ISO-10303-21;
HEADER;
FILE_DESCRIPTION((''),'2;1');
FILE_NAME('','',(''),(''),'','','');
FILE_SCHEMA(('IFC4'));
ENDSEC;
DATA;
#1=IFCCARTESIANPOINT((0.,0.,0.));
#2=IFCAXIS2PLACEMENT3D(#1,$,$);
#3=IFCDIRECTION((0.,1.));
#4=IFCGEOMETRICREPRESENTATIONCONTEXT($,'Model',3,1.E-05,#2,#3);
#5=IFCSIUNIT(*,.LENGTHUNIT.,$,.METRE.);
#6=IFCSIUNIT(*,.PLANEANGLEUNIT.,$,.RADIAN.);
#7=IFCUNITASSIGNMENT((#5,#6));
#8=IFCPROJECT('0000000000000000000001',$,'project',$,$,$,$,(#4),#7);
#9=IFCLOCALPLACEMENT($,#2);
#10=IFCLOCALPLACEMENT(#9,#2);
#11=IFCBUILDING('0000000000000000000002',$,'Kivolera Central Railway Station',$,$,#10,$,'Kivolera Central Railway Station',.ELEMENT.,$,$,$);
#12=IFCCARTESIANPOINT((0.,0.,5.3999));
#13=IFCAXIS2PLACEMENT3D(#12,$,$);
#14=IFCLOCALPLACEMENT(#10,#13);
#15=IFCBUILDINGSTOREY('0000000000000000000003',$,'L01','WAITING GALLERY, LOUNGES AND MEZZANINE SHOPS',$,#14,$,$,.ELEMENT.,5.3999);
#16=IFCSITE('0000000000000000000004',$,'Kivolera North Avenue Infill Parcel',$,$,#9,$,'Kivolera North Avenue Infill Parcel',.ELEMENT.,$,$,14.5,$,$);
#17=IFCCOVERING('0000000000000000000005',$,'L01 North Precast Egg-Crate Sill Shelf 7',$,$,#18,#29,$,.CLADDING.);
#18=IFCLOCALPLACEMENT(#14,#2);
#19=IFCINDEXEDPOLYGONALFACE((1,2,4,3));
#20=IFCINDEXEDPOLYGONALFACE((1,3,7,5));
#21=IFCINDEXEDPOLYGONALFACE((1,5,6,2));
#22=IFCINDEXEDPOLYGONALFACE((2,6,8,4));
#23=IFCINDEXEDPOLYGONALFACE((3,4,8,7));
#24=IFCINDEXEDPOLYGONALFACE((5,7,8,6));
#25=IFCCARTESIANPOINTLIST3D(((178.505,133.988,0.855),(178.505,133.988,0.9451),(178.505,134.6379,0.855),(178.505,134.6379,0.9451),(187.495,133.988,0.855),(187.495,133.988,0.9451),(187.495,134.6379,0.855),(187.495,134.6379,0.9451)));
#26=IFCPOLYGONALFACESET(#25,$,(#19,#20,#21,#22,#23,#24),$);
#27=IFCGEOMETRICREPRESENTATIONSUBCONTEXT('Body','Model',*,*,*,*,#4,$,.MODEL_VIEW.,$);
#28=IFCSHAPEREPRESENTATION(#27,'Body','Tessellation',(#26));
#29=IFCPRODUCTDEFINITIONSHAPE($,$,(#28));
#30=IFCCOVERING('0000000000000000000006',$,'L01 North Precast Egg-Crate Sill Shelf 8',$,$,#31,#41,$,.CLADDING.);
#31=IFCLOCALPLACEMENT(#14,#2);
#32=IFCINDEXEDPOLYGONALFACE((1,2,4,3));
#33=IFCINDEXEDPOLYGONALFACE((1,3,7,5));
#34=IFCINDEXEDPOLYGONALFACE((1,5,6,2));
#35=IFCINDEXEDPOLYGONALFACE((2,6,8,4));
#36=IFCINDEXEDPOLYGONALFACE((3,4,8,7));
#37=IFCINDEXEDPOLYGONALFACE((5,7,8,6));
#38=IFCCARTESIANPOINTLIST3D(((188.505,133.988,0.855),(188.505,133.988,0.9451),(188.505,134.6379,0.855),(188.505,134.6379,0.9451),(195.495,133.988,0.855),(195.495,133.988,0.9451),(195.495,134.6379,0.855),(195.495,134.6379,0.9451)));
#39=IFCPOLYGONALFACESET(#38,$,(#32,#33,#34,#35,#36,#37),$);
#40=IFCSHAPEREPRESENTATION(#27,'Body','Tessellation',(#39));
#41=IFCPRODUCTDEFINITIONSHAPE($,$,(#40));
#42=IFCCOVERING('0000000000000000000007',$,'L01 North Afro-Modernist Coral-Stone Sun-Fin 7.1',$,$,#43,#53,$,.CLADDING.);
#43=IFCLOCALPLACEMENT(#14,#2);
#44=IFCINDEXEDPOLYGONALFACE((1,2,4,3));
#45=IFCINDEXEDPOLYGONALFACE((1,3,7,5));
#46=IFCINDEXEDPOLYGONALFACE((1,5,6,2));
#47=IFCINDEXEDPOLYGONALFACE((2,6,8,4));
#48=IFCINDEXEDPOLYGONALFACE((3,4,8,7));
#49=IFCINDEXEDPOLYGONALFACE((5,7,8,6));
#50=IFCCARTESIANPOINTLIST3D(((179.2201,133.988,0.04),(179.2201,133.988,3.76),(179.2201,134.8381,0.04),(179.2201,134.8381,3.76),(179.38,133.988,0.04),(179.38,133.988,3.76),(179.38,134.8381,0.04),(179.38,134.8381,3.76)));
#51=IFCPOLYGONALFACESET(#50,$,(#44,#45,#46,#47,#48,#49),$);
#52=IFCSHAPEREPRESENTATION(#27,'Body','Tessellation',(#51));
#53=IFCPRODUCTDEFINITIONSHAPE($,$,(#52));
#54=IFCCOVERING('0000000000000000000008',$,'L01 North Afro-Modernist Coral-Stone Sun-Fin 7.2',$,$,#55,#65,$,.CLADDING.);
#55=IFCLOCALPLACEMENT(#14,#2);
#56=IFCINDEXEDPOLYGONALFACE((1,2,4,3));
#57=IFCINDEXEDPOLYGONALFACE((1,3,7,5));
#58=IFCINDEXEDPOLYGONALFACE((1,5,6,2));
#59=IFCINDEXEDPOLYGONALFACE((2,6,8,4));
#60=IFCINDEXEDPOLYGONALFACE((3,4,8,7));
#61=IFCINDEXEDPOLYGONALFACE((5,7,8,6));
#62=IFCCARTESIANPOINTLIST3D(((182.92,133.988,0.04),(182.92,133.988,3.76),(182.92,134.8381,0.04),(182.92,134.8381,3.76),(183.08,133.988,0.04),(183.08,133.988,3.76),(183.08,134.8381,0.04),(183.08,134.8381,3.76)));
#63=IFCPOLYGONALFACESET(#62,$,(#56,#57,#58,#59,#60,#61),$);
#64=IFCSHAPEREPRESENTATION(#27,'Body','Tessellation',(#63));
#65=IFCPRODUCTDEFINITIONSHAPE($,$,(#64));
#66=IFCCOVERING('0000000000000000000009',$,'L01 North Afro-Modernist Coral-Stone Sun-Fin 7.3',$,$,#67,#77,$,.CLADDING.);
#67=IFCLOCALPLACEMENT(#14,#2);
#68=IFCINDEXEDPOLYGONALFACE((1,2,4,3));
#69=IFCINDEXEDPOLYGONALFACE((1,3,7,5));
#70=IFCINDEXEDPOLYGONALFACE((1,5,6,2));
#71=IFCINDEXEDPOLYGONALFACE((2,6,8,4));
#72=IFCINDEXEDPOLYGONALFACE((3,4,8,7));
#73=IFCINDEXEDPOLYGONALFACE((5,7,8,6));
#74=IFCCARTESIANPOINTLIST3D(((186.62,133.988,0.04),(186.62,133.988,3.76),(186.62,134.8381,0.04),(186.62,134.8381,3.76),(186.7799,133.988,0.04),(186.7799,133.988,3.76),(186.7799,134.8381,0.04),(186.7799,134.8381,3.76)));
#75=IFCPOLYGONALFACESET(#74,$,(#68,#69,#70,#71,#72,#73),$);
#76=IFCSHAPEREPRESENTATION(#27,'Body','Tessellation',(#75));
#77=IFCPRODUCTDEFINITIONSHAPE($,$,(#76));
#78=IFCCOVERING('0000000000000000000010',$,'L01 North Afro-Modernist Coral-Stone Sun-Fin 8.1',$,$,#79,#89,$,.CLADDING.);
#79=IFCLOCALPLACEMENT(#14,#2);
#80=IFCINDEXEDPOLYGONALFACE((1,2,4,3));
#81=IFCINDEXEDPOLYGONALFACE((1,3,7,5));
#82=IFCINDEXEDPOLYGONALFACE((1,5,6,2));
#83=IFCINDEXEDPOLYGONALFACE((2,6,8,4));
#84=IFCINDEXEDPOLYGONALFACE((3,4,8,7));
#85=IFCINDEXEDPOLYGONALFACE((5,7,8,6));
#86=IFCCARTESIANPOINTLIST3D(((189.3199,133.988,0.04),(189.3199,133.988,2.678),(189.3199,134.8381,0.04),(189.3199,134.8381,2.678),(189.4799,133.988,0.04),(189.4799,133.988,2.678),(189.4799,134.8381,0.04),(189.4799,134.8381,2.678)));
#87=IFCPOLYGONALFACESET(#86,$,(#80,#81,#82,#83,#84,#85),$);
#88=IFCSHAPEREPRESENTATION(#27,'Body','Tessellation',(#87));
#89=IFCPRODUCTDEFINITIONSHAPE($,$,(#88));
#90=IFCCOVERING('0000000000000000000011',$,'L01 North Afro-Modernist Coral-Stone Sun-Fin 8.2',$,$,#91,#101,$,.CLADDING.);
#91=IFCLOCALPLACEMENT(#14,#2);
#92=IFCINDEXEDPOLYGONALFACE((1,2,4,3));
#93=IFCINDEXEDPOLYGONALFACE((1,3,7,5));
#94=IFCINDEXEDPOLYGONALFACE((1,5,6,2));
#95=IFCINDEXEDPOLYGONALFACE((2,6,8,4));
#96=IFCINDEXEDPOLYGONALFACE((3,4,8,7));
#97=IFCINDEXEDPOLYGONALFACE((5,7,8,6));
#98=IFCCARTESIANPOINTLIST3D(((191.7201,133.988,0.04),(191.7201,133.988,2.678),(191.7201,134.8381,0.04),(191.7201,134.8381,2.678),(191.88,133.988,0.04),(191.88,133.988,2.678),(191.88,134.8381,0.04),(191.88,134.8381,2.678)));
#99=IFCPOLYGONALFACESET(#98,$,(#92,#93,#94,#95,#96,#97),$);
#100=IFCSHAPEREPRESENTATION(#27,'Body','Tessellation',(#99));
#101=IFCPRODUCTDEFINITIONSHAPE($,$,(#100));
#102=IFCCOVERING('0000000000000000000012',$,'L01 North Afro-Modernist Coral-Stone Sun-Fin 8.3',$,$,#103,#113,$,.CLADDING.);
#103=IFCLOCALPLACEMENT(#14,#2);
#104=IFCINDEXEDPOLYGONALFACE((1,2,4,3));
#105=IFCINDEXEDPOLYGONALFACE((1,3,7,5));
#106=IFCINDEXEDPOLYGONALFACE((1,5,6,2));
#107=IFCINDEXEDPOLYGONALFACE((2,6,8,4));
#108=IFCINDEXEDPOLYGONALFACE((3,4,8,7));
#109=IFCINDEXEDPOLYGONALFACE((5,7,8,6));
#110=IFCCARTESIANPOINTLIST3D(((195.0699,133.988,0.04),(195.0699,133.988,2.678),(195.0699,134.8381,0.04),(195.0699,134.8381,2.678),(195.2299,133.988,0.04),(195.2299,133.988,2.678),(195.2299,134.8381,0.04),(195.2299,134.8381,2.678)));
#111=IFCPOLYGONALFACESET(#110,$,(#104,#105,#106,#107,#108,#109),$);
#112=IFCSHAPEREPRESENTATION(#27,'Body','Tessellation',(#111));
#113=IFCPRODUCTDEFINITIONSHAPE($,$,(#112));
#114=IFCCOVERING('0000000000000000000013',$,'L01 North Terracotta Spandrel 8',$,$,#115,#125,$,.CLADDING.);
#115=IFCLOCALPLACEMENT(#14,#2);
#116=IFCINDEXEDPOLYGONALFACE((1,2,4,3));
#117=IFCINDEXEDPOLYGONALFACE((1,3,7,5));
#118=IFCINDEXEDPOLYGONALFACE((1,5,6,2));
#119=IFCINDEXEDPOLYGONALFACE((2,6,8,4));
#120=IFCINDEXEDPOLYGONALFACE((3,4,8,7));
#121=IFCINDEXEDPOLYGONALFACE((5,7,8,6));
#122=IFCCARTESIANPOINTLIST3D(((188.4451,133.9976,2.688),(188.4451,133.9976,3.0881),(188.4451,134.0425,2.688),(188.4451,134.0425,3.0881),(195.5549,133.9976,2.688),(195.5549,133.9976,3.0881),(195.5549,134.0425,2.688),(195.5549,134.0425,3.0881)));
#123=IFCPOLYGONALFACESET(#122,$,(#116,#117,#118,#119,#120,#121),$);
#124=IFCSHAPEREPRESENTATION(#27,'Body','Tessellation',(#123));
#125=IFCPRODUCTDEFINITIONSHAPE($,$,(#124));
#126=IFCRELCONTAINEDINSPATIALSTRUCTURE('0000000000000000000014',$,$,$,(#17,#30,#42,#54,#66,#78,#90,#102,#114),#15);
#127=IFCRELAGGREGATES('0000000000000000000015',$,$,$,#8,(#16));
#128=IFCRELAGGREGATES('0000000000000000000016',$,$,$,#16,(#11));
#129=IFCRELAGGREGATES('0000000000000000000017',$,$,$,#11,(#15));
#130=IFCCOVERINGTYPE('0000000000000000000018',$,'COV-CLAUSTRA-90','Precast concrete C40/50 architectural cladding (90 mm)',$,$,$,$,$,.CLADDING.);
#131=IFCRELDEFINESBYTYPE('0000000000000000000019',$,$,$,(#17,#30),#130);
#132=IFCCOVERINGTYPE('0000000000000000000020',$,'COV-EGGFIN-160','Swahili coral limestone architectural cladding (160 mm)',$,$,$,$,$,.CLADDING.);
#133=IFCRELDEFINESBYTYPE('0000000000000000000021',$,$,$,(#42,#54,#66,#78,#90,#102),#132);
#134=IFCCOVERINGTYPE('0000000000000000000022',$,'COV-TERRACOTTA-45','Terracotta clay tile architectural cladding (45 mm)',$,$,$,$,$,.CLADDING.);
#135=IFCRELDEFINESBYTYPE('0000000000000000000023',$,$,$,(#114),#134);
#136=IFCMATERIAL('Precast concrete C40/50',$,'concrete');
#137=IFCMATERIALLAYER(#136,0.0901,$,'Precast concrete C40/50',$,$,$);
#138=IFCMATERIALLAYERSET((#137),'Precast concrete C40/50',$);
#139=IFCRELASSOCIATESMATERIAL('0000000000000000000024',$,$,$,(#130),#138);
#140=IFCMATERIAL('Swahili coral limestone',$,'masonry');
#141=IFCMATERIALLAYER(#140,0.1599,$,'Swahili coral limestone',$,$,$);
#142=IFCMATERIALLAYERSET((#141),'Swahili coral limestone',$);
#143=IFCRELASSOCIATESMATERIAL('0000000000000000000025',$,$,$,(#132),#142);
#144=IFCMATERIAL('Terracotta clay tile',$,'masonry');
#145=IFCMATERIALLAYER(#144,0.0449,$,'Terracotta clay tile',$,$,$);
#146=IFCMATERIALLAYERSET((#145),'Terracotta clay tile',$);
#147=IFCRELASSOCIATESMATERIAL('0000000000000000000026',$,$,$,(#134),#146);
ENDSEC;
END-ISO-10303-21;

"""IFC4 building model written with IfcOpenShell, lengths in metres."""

from ifc_helpers import new_model, si_unit, direction, frame, frame_2d, origin, origin_2d, place, context, subcontext, project, spatial, rectangle, extrude, material, layer, layer_set, type_object, element, save


model = new_model("IFC4")

# Units and contexts
model_context = context("Model", 3, precision=1e-05, world=origin(), true_north=direction((0.0, 1.0)))
body_context = subcontext(model_context, "Body", "Model", "MODEL_VIEW")
ifc_project = project(units=[si_unit("LENGTHUNIT", "METRE"), si_unit("PLANEANGLEUNIT", "RADIAN")], contexts=[model_context])

# Site, building, storey
site_placement = place(None, origin())
site = spatial("IfcSite", under=ifc_project, at=site_placement, Name="Kivolera North Avenue Infill Parcel", LongName="Kivolera North Avenue Infill Parcel", CompositionType="ELEMENT", RefElevation=14.5)
building_placement = place(site_placement, origin())
building = spatial("IfcBuilding", under=site, at=building_placement, Name="Kivolera Central Railway Station", LongName="Kivolera Central Railway Station", CompositionType="ELEMENT")
storey_placement = place(building_placement, frame((0.0, 0.0, 5.3999)))
storey = spatial("IfcBuildingStorey", under=building, at=storey_placement, Name="L01", Description="WAITING GALLERY, LOUNGES AND MEZZANINE SHOPS", CompositionType="ELEMENT", Elevation=5.3999)

# Shared definitions
ifc_material_1 = material(Name="Swahili coral limestone", Category="masonry")

# Coverings
ifc_material_2 = material(Name="Precast concrete C40/50", Category="concrete")
ifc_layer_1 = layer(ifc_material_2, 0.0901, Name="Precast concrete C40/50")
ifc_layer_set_1 = layer_set([ifc_layer_1], Name="Precast concrete C40/50")
covering_type_1 = type_object("IfcCoveringType", Name="COV-CLAUSTRA-90", Description="Precast concrete C40/50 architectural cladding (90 mm)", PredefinedType="CLADDING", material=ifc_layer_set_1)
covering_1_placement = place(storey_placement, frame((183.0, 134.313, 0.855), z_axis=(0.0, 0.0, 1.0), x_axis=(1.0, 0.0, 0.0)))
element("IfcCovering", 1, at=covering_1_placement, inside=storey, type_object=covering_type_1, Name="L01 North Precast Egg-Crate Sill Shelf 7", PredefinedType="CLADDING", context=body_context, shape_type="SweptSolid", body=[
    extrude(rectangle(XDim=8.99, YDim=0.6499, at=origin_2d()), origin(), (0.0, 0.0, 1.0), 0.0901),
])
covering_2_placement = place(storey_placement, frame((192.0, 134.313, 0.855), z_axis=(0.0, 0.0, 1.0), x_axis=(1.0, 0.0, 0.0)))
element("IfcCovering", 2, at=covering_2_placement, inside=storey, type_object=covering_type_1, Name="L01 North Precast Egg-Crate Sill Shelf 8", PredefinedType="CLADDING", context=body_context, shape_type="SweptSolid", body=[
    extrude(rectangle(XDim=6.99, YDim=0.6499, at=origin_2d()), origin(), (0.0, 0.0, 1.0), 0.0901),
])
ifc_layer_2 = layer(ifc_material_1, 0.1599, Name="Swahili coral limestone")
ifc_layer_set_2 = layer_set([ifc_layer_2], Name="Swahili coral limestone")
covering_type_2 = type_object("IfcCoveringType", Name="COV-EGGFIN-160", Description="Swahili coral limestone architectural cladding (160 mm)", PredefinedType="CLADDING", material=ifc_layer_set_2)
for number, where, z_axis, x_axis, name in (
    (3, (179.3, 134.4131, 0.04), (0.0, 0.0, 1.0), (1.0, 0.0, 0.0), "L01 North Afro-Modernist Coral-Stone Sun-Fin 7.1"),
    (4, (183.0, 134.4131, 0.04), (0.0, 0.0, 1.0), (1.0, 0.0, 0.0), "L01 North Afro-Modernist Coral-Stone Sun-Fin 7.2"),
    (5, (186.7, 134.4131, 0.04), (0.0, 0.0, 1.0), (1.0, 0.0, 0.0), "L01 North Afro-Modernist Coral-Stone Sun-Fin 7.3"),
):
    element("IfcCovering", number, at=place(storey_placement, frame(where, z_axis=z_axis, x_axis=x_axis)), inside=storey, type_object=covering_type_2, Name=name, PredefinedType="CLADDING", context=body_context, shape_type="SweptSolid", body=[
        extrude(rectangle(XDim=0.1599, YDim=0.8501, at=origin_2d()), origin(), (0.0, 0.0, 1.0), 3.72),
    ])
for number, where, z_axis, x_axis, name in (
    (6, (189.3999, 134.4131, 0.04), (0.0, 0.0, 1.0), (1.0, 0.0, 0.0), "L01 North Afro-Modernist Coral-Stone Sun-Fin 8.1"),
    (7, (191.8, 134.4131, 0.04), (0.0, 0.0, 1.0), (1.0, 0.0, 0.0), "L01 North Afro-Modernist Coral-Stone Sun-Fin 8.2"),
    (8, (195.1499, 134.4131, 0.04), (0.0, 0.0, 1.0), (1.0, 0.0, 0.0), "L01 North Afro-Modernist Coral-Stone Sun-Fin 8.3"),
):
    element("IfcCovering", number, at=place(storey_placement, frame(where, z_axis=z_axis, x_axis=x_axis)), inside=storey, type_object=covering_type_2, Name=name, PredefinedType="CLADDING", context=body_context, shape_type="SweptSolid", body=[
        extrude(rectangle(XDim=0.1599, YDim=0.8501, at=origin_2d()), origin(), (0.0, 0.0, 1.0), 2.6379),
    ])
ifc_material_3 = material(Name="Terracotta clay tile", Category="masonry")
ifc_layer_3 = layer(ifc_material_3, 0.0449, Name="Terracotta clay tile")
ifc_layer_set_3 = layer_set([ifc_layer_3], Name="Terracotta clay tile")
covering_type_3 = type_object("IfcCoveringType", Name="COV-TERRACOTTA-45", Description="Terracotta clay tile architectural cladding (45 mm)", PredefinedType="CLADDING", material=ifc_layer_set_3)
covering_3_placement = place(storey_placement, frame((188.4451, 134.02, 2.688), z_axis=(0.0, 0.0, 1.0), x_axis=(1.0, 0.0, 0.0)))
element("IfcCovering", 9, at=covering_3_placement, inside=storey, type_object=covering_type_3, Name="L01 North Terracotta Spandrel 8", PredefinedType="CLADDING", context=body_context, shape_type="SweptSolid", body=[
    extrude(rectangle(XDim=7.1099, YDim=0.0449, at=frame_2d((3.5549, 0.0))), origin(), (0.0, 0.0, 1.0), 0.4001),
])

save(model, "model.ifc")
